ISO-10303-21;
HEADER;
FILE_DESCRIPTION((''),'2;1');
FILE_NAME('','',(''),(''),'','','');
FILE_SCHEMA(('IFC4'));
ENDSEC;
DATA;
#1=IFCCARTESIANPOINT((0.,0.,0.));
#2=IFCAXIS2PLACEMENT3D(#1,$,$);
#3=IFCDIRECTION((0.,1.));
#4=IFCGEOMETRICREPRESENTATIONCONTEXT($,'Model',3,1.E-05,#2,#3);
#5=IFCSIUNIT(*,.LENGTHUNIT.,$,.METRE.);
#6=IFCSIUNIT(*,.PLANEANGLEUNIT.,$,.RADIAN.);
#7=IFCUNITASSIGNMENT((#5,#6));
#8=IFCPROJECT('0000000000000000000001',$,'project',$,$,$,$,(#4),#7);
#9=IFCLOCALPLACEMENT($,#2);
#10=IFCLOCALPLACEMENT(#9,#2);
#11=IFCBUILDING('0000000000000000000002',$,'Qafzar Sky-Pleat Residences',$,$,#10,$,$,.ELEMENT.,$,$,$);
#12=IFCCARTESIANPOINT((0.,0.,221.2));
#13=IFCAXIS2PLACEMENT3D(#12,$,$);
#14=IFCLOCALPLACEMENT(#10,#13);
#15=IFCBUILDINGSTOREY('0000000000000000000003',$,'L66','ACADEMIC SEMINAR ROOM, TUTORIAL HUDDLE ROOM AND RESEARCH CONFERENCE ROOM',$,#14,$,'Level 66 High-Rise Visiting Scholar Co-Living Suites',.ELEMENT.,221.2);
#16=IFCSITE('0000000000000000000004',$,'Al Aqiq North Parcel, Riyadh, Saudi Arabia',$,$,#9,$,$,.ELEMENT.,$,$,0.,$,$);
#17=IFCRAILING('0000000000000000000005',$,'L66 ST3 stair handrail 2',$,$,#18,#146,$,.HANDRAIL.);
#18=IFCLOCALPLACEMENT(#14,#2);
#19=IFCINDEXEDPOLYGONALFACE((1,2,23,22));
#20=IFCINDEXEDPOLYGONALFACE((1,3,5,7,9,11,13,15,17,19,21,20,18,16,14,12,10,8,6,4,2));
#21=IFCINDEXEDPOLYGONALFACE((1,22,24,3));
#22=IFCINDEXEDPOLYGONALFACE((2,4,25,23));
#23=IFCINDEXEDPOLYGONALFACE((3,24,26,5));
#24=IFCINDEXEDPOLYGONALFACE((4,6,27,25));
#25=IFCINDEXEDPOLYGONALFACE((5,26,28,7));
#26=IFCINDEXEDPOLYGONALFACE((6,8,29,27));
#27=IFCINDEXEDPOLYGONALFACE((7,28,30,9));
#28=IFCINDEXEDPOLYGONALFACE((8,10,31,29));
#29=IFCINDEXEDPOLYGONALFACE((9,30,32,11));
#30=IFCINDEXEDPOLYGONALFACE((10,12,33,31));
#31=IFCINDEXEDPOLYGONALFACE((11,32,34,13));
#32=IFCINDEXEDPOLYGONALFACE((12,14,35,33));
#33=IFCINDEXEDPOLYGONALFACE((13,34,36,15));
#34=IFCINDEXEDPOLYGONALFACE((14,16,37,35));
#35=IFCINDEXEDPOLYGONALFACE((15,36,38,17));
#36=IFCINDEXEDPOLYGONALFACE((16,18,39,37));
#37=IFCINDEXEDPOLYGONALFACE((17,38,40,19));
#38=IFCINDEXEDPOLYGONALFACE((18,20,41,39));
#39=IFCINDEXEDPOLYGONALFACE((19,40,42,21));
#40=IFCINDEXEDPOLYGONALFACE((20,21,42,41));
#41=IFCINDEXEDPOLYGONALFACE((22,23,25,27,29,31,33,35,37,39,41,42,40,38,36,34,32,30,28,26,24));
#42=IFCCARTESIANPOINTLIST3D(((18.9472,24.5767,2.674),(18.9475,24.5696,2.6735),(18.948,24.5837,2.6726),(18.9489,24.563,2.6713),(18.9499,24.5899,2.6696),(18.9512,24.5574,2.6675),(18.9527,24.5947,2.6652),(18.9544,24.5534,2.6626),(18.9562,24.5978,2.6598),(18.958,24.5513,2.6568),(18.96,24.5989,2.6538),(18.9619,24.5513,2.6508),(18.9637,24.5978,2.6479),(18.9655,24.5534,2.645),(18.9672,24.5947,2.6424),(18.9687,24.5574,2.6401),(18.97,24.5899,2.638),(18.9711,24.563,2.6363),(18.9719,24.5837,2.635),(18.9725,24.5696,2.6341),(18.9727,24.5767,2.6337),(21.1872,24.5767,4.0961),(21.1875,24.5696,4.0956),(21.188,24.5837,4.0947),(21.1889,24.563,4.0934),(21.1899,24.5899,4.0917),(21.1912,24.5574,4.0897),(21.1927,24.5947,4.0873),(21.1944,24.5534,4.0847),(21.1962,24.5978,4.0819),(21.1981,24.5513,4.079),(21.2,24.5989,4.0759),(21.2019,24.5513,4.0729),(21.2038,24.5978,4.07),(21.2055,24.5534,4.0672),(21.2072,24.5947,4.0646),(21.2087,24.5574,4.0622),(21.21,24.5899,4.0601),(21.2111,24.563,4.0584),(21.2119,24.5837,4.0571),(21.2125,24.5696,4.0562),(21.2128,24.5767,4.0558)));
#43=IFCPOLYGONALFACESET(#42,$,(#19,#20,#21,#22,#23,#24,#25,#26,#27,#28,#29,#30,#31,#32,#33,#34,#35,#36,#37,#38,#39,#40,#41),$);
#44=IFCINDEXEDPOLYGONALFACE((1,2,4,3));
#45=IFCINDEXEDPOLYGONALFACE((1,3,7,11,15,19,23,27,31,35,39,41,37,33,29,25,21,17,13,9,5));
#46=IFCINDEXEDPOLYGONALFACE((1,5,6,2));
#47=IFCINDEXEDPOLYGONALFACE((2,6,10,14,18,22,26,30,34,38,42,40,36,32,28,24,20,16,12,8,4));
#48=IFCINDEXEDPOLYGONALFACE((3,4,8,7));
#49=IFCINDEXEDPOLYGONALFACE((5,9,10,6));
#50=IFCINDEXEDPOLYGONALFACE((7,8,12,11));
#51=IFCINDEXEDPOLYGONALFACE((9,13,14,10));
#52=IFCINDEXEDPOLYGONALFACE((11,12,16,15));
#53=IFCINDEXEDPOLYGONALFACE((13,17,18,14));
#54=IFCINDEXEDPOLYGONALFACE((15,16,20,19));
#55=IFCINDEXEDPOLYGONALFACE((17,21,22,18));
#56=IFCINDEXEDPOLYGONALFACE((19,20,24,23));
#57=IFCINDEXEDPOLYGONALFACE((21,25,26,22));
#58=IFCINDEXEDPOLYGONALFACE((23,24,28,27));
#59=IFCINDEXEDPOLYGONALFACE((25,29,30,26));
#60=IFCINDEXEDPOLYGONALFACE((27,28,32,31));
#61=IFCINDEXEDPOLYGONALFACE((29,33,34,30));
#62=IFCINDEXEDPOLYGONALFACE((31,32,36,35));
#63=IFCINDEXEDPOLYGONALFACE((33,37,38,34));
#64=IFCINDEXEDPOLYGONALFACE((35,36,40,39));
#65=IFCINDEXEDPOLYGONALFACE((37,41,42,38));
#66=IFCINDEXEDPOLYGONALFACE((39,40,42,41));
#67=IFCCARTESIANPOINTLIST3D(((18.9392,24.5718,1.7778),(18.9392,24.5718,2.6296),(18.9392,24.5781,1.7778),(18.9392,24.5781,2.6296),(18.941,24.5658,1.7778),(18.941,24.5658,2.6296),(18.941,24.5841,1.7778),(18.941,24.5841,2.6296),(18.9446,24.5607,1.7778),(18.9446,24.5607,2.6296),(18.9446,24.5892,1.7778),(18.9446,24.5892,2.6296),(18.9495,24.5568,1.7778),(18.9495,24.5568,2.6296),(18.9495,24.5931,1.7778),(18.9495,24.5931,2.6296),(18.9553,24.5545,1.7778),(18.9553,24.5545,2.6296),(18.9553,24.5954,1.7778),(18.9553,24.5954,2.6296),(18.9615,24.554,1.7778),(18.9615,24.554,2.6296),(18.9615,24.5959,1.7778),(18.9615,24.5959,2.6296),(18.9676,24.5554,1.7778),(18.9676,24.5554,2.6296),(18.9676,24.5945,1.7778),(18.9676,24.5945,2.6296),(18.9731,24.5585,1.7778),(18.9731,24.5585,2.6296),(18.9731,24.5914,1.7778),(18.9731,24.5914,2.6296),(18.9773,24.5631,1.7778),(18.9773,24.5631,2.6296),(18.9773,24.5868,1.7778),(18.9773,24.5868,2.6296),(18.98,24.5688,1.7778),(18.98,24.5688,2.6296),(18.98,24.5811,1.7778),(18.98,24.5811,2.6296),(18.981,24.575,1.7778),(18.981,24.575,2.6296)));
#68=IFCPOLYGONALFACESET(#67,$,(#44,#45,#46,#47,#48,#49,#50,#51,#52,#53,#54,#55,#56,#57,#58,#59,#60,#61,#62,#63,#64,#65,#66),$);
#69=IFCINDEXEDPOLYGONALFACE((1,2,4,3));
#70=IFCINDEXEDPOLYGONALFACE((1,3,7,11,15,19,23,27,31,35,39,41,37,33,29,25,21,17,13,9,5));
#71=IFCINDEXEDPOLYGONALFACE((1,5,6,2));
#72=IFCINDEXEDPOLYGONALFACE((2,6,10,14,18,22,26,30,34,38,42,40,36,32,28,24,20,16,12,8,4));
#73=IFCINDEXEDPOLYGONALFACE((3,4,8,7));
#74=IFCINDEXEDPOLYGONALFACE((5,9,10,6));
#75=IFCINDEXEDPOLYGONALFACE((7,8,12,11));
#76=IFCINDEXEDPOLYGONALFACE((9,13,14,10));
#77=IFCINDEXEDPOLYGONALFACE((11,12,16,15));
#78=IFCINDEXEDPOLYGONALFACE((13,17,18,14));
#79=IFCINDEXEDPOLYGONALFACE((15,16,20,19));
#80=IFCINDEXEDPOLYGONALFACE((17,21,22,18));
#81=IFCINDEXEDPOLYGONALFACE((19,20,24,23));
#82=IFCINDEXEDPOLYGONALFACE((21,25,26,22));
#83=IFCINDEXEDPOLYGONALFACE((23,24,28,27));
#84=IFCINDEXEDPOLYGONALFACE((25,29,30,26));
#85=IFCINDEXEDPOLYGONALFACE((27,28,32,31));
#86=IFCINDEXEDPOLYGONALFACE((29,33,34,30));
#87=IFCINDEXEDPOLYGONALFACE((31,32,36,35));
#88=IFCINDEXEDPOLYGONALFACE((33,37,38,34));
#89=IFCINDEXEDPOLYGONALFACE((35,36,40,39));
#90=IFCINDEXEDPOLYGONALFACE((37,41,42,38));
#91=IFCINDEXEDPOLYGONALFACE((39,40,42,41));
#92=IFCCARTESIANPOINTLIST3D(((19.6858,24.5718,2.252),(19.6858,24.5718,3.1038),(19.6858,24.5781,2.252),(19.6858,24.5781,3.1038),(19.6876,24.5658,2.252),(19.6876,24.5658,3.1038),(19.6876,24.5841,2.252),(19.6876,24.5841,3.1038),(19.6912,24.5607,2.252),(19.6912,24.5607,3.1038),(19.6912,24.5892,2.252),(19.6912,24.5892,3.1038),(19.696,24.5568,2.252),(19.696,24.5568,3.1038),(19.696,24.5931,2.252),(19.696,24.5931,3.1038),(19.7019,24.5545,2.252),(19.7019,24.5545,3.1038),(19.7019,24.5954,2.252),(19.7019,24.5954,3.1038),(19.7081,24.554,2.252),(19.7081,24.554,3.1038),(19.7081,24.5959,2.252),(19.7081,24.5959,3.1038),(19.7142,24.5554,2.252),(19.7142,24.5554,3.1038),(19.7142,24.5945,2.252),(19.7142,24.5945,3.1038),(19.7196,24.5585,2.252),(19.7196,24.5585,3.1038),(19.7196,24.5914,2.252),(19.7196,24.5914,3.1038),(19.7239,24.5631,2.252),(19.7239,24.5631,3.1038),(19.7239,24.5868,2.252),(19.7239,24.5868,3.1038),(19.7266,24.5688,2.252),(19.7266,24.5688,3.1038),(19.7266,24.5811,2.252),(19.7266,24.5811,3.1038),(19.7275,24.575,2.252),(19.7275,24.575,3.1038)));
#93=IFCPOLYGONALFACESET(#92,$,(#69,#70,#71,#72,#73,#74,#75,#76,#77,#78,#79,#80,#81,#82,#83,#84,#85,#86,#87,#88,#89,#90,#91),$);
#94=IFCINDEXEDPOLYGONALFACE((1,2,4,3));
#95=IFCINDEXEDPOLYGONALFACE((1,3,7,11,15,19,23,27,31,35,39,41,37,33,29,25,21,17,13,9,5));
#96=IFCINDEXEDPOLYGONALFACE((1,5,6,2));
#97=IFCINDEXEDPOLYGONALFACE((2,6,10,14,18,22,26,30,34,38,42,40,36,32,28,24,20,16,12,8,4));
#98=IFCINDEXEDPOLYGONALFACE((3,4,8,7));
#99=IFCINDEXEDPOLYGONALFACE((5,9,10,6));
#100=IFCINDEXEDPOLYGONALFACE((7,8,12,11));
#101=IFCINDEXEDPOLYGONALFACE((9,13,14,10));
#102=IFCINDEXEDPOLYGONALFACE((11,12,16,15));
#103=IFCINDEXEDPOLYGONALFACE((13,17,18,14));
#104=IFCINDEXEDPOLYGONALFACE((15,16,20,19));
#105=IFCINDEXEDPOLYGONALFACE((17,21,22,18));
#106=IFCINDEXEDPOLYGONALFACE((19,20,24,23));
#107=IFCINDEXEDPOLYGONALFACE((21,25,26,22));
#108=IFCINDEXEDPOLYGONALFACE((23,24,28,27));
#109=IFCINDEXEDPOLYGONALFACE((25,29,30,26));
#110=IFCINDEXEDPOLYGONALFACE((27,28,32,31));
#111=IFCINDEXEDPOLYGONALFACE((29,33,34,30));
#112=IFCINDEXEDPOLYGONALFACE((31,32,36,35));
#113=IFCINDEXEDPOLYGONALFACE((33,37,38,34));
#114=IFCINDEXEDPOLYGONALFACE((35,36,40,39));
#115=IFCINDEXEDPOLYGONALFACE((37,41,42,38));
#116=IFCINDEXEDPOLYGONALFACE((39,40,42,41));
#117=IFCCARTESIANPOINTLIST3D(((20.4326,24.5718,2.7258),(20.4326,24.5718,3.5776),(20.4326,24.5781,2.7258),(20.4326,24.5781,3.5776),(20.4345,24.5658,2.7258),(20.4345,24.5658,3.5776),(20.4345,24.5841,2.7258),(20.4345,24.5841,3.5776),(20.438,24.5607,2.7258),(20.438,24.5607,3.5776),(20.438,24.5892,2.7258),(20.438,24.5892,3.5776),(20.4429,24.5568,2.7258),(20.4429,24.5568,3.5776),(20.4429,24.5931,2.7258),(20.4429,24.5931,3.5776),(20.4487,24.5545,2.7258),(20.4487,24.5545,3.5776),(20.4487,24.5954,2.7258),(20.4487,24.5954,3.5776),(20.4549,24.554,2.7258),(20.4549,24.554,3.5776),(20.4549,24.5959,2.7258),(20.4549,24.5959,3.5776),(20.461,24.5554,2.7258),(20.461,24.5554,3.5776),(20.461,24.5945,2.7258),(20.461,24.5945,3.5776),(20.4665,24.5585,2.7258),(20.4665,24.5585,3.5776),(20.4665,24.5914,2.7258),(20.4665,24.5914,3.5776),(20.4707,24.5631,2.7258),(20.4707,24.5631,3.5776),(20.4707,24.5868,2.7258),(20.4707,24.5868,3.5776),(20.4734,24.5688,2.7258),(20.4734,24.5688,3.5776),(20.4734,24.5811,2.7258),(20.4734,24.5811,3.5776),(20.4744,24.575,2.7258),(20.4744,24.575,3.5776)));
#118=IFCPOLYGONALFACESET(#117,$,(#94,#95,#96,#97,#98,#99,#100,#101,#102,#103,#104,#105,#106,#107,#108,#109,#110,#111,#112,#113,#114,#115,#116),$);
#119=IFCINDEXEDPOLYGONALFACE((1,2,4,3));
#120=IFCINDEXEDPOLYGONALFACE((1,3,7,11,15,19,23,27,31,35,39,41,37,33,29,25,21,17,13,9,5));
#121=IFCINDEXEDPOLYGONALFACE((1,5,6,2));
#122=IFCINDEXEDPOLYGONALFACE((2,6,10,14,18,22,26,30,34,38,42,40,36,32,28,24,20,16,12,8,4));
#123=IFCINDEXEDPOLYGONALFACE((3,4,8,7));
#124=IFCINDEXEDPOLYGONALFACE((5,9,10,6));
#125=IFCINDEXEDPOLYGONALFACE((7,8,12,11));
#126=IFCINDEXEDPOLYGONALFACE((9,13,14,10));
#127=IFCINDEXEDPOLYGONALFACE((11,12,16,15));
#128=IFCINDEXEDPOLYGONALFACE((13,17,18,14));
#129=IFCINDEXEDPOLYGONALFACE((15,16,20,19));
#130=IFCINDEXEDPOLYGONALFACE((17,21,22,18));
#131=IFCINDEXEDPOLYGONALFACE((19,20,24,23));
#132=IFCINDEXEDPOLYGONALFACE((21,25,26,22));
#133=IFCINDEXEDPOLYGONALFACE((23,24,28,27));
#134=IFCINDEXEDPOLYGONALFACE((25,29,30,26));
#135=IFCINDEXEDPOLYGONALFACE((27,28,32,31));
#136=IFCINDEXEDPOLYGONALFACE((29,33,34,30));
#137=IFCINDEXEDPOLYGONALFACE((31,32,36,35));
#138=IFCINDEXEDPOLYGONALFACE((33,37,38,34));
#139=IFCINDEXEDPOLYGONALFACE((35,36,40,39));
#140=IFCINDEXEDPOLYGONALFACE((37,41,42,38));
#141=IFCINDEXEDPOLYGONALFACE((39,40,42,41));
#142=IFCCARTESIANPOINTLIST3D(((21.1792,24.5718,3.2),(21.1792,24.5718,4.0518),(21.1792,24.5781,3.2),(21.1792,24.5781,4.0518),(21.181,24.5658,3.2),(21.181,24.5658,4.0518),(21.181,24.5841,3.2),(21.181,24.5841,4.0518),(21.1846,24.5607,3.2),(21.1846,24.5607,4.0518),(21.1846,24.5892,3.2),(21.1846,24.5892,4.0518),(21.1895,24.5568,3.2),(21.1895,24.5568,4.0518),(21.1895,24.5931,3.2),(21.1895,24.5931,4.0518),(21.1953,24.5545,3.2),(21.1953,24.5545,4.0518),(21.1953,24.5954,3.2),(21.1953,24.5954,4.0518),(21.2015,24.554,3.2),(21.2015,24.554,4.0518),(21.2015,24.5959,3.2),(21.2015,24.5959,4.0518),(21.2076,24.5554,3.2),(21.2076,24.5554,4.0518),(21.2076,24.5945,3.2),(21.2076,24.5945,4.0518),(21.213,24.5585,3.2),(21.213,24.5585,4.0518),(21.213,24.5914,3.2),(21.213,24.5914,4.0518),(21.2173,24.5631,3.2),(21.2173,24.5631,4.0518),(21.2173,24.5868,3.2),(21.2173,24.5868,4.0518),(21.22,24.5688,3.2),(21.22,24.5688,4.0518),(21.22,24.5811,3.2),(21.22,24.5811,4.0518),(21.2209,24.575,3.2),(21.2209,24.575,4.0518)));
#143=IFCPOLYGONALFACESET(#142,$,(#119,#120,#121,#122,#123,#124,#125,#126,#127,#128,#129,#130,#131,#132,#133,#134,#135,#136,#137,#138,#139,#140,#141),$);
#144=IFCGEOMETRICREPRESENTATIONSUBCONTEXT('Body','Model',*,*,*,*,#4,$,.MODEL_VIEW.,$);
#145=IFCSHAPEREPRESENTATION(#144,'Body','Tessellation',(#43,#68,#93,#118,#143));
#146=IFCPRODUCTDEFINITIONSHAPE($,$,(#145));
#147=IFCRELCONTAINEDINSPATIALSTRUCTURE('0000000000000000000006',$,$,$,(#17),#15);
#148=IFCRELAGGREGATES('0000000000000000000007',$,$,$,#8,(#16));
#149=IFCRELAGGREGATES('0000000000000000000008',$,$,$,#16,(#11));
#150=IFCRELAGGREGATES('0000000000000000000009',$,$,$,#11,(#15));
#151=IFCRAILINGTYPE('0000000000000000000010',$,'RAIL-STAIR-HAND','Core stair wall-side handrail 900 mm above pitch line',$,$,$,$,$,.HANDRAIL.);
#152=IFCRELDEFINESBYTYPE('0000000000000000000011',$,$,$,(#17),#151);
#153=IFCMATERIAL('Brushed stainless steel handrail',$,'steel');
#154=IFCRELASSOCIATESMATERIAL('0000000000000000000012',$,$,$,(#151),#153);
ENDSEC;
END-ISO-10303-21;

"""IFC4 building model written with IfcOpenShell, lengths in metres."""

from ifc_helpers import new_model, si_unit, direction, frame, origin, origin_2d, place, context, subcontext, project, spatial, circle, extrude, source, transform, mapped, material, type_object, element, save


model = new_model("IFC4")

# Units and contexts
model_context = context("Model", 3, precision=1e-05, world=origin(), true_north=direction((0.0, 1.0)))
body_context = subcontext(model_context, "Body", "Model", "MODEL_VIEW")
ifc_project = project(units=[si_unit("LENGTHUNIT", "METRE"), si_unit("PLANEANGLEUNIT", "RADIAN")], contexts=[model_context])

# Site, building, storey
site_placement = place(None, origin())
site = spatial("IfcSite", under=ifc_project, at=site_placement, Name="Al Aqiq North Parcel, Riyadh, Saudi Arabia", CompositionType="ELEMENT", RefElevation=0.0)
building_placement = place(site_placement, origin())
building = spatial("IfcBuilding", under=site, at=building_placement, Name="Qafzar Sky-Pleat Residences", CompositionType="ELEMENT")
storey_placement = place(building_placement, frame((0.0, 0.0, 221.2)))
storey = spatial("IfcBuildingStorey", under=building, at=storey_placement, Name="L66", Description="ACADEMIC SEMINAR ROOM, TUTORIAL HUDDLE ROOM AND RESEARCH CONFERENCE ROOM", LongName="Level 66 High-Rise Visiting Scholar Co-Living Suites", CompositionType="ELEMENT", Elevation=221.2)

# Railing
ifc_material_1 = material(Name="Brushed stainless steel handrail", Category="steel")
railing_type_1 = type_object("IfcRailingType", Name="RAIL-STAIR-HAND", Description="Core stair wall-side handrail 900 mm above pitch line", PredefinedType="HANDRAIL", material=ifc_material_1)
shared_shape_1 = source(origin(), body_context, "Body", "SweptSolid", [
    extrude(circle(Radius=0.0239, at=origin_2d()), frame((0.0, 0.0, 0.876), z_axis=(0.844229, 0.0, 0.535982), x_axis=(0.0, 1.0, 0.0)), (0.0, 0.0, 1.0), 2.6533),
    extrude(circle(Radius=0.021, at=origin_2d()), origin(), (0.0, 0.0, 1.0), 0.8518),
    extrude(circle(Radius=0.021, at=origin_2d()), frame((0.7466, 0.0, 0.4741)), (0.0, 0.0, 1.0), 0.8518),
    extrude(circle(Radius=0.021, at=origin_2d()), frame((1.4934, 0.0, 0.948)), (0.0, 0.0, 1.0), 0.8518),
    extrude(circle(Radius=0.021, at=origin_2d()), frame((2.24, 0.0, 1.4221)), (0.0, 0.0, 1.0), 0.8518),
])
railing_1_placement = place(storey_placement, frame((18.96, 24.575, 1.7778)))
element("IfcRailing", 1, at=railing_1_placement, inside=storey, type_object=railing_type_1, Name="L66 ST3 stair handrail 2", PredefinedType="HANDRAIL", context=body_context, shape_type="MappedRepresentation", body=[
    mapped(shared_shape_1, transform((0.0, 0.0, 0.0), x_axis=(1.0, 0.0, 0.0), y_axis=(0.0, 1.0, 0.0), z_axis=(0.0, 0.0, 1.0), scale=1.0)),
])

save(model, "model.ifc")
